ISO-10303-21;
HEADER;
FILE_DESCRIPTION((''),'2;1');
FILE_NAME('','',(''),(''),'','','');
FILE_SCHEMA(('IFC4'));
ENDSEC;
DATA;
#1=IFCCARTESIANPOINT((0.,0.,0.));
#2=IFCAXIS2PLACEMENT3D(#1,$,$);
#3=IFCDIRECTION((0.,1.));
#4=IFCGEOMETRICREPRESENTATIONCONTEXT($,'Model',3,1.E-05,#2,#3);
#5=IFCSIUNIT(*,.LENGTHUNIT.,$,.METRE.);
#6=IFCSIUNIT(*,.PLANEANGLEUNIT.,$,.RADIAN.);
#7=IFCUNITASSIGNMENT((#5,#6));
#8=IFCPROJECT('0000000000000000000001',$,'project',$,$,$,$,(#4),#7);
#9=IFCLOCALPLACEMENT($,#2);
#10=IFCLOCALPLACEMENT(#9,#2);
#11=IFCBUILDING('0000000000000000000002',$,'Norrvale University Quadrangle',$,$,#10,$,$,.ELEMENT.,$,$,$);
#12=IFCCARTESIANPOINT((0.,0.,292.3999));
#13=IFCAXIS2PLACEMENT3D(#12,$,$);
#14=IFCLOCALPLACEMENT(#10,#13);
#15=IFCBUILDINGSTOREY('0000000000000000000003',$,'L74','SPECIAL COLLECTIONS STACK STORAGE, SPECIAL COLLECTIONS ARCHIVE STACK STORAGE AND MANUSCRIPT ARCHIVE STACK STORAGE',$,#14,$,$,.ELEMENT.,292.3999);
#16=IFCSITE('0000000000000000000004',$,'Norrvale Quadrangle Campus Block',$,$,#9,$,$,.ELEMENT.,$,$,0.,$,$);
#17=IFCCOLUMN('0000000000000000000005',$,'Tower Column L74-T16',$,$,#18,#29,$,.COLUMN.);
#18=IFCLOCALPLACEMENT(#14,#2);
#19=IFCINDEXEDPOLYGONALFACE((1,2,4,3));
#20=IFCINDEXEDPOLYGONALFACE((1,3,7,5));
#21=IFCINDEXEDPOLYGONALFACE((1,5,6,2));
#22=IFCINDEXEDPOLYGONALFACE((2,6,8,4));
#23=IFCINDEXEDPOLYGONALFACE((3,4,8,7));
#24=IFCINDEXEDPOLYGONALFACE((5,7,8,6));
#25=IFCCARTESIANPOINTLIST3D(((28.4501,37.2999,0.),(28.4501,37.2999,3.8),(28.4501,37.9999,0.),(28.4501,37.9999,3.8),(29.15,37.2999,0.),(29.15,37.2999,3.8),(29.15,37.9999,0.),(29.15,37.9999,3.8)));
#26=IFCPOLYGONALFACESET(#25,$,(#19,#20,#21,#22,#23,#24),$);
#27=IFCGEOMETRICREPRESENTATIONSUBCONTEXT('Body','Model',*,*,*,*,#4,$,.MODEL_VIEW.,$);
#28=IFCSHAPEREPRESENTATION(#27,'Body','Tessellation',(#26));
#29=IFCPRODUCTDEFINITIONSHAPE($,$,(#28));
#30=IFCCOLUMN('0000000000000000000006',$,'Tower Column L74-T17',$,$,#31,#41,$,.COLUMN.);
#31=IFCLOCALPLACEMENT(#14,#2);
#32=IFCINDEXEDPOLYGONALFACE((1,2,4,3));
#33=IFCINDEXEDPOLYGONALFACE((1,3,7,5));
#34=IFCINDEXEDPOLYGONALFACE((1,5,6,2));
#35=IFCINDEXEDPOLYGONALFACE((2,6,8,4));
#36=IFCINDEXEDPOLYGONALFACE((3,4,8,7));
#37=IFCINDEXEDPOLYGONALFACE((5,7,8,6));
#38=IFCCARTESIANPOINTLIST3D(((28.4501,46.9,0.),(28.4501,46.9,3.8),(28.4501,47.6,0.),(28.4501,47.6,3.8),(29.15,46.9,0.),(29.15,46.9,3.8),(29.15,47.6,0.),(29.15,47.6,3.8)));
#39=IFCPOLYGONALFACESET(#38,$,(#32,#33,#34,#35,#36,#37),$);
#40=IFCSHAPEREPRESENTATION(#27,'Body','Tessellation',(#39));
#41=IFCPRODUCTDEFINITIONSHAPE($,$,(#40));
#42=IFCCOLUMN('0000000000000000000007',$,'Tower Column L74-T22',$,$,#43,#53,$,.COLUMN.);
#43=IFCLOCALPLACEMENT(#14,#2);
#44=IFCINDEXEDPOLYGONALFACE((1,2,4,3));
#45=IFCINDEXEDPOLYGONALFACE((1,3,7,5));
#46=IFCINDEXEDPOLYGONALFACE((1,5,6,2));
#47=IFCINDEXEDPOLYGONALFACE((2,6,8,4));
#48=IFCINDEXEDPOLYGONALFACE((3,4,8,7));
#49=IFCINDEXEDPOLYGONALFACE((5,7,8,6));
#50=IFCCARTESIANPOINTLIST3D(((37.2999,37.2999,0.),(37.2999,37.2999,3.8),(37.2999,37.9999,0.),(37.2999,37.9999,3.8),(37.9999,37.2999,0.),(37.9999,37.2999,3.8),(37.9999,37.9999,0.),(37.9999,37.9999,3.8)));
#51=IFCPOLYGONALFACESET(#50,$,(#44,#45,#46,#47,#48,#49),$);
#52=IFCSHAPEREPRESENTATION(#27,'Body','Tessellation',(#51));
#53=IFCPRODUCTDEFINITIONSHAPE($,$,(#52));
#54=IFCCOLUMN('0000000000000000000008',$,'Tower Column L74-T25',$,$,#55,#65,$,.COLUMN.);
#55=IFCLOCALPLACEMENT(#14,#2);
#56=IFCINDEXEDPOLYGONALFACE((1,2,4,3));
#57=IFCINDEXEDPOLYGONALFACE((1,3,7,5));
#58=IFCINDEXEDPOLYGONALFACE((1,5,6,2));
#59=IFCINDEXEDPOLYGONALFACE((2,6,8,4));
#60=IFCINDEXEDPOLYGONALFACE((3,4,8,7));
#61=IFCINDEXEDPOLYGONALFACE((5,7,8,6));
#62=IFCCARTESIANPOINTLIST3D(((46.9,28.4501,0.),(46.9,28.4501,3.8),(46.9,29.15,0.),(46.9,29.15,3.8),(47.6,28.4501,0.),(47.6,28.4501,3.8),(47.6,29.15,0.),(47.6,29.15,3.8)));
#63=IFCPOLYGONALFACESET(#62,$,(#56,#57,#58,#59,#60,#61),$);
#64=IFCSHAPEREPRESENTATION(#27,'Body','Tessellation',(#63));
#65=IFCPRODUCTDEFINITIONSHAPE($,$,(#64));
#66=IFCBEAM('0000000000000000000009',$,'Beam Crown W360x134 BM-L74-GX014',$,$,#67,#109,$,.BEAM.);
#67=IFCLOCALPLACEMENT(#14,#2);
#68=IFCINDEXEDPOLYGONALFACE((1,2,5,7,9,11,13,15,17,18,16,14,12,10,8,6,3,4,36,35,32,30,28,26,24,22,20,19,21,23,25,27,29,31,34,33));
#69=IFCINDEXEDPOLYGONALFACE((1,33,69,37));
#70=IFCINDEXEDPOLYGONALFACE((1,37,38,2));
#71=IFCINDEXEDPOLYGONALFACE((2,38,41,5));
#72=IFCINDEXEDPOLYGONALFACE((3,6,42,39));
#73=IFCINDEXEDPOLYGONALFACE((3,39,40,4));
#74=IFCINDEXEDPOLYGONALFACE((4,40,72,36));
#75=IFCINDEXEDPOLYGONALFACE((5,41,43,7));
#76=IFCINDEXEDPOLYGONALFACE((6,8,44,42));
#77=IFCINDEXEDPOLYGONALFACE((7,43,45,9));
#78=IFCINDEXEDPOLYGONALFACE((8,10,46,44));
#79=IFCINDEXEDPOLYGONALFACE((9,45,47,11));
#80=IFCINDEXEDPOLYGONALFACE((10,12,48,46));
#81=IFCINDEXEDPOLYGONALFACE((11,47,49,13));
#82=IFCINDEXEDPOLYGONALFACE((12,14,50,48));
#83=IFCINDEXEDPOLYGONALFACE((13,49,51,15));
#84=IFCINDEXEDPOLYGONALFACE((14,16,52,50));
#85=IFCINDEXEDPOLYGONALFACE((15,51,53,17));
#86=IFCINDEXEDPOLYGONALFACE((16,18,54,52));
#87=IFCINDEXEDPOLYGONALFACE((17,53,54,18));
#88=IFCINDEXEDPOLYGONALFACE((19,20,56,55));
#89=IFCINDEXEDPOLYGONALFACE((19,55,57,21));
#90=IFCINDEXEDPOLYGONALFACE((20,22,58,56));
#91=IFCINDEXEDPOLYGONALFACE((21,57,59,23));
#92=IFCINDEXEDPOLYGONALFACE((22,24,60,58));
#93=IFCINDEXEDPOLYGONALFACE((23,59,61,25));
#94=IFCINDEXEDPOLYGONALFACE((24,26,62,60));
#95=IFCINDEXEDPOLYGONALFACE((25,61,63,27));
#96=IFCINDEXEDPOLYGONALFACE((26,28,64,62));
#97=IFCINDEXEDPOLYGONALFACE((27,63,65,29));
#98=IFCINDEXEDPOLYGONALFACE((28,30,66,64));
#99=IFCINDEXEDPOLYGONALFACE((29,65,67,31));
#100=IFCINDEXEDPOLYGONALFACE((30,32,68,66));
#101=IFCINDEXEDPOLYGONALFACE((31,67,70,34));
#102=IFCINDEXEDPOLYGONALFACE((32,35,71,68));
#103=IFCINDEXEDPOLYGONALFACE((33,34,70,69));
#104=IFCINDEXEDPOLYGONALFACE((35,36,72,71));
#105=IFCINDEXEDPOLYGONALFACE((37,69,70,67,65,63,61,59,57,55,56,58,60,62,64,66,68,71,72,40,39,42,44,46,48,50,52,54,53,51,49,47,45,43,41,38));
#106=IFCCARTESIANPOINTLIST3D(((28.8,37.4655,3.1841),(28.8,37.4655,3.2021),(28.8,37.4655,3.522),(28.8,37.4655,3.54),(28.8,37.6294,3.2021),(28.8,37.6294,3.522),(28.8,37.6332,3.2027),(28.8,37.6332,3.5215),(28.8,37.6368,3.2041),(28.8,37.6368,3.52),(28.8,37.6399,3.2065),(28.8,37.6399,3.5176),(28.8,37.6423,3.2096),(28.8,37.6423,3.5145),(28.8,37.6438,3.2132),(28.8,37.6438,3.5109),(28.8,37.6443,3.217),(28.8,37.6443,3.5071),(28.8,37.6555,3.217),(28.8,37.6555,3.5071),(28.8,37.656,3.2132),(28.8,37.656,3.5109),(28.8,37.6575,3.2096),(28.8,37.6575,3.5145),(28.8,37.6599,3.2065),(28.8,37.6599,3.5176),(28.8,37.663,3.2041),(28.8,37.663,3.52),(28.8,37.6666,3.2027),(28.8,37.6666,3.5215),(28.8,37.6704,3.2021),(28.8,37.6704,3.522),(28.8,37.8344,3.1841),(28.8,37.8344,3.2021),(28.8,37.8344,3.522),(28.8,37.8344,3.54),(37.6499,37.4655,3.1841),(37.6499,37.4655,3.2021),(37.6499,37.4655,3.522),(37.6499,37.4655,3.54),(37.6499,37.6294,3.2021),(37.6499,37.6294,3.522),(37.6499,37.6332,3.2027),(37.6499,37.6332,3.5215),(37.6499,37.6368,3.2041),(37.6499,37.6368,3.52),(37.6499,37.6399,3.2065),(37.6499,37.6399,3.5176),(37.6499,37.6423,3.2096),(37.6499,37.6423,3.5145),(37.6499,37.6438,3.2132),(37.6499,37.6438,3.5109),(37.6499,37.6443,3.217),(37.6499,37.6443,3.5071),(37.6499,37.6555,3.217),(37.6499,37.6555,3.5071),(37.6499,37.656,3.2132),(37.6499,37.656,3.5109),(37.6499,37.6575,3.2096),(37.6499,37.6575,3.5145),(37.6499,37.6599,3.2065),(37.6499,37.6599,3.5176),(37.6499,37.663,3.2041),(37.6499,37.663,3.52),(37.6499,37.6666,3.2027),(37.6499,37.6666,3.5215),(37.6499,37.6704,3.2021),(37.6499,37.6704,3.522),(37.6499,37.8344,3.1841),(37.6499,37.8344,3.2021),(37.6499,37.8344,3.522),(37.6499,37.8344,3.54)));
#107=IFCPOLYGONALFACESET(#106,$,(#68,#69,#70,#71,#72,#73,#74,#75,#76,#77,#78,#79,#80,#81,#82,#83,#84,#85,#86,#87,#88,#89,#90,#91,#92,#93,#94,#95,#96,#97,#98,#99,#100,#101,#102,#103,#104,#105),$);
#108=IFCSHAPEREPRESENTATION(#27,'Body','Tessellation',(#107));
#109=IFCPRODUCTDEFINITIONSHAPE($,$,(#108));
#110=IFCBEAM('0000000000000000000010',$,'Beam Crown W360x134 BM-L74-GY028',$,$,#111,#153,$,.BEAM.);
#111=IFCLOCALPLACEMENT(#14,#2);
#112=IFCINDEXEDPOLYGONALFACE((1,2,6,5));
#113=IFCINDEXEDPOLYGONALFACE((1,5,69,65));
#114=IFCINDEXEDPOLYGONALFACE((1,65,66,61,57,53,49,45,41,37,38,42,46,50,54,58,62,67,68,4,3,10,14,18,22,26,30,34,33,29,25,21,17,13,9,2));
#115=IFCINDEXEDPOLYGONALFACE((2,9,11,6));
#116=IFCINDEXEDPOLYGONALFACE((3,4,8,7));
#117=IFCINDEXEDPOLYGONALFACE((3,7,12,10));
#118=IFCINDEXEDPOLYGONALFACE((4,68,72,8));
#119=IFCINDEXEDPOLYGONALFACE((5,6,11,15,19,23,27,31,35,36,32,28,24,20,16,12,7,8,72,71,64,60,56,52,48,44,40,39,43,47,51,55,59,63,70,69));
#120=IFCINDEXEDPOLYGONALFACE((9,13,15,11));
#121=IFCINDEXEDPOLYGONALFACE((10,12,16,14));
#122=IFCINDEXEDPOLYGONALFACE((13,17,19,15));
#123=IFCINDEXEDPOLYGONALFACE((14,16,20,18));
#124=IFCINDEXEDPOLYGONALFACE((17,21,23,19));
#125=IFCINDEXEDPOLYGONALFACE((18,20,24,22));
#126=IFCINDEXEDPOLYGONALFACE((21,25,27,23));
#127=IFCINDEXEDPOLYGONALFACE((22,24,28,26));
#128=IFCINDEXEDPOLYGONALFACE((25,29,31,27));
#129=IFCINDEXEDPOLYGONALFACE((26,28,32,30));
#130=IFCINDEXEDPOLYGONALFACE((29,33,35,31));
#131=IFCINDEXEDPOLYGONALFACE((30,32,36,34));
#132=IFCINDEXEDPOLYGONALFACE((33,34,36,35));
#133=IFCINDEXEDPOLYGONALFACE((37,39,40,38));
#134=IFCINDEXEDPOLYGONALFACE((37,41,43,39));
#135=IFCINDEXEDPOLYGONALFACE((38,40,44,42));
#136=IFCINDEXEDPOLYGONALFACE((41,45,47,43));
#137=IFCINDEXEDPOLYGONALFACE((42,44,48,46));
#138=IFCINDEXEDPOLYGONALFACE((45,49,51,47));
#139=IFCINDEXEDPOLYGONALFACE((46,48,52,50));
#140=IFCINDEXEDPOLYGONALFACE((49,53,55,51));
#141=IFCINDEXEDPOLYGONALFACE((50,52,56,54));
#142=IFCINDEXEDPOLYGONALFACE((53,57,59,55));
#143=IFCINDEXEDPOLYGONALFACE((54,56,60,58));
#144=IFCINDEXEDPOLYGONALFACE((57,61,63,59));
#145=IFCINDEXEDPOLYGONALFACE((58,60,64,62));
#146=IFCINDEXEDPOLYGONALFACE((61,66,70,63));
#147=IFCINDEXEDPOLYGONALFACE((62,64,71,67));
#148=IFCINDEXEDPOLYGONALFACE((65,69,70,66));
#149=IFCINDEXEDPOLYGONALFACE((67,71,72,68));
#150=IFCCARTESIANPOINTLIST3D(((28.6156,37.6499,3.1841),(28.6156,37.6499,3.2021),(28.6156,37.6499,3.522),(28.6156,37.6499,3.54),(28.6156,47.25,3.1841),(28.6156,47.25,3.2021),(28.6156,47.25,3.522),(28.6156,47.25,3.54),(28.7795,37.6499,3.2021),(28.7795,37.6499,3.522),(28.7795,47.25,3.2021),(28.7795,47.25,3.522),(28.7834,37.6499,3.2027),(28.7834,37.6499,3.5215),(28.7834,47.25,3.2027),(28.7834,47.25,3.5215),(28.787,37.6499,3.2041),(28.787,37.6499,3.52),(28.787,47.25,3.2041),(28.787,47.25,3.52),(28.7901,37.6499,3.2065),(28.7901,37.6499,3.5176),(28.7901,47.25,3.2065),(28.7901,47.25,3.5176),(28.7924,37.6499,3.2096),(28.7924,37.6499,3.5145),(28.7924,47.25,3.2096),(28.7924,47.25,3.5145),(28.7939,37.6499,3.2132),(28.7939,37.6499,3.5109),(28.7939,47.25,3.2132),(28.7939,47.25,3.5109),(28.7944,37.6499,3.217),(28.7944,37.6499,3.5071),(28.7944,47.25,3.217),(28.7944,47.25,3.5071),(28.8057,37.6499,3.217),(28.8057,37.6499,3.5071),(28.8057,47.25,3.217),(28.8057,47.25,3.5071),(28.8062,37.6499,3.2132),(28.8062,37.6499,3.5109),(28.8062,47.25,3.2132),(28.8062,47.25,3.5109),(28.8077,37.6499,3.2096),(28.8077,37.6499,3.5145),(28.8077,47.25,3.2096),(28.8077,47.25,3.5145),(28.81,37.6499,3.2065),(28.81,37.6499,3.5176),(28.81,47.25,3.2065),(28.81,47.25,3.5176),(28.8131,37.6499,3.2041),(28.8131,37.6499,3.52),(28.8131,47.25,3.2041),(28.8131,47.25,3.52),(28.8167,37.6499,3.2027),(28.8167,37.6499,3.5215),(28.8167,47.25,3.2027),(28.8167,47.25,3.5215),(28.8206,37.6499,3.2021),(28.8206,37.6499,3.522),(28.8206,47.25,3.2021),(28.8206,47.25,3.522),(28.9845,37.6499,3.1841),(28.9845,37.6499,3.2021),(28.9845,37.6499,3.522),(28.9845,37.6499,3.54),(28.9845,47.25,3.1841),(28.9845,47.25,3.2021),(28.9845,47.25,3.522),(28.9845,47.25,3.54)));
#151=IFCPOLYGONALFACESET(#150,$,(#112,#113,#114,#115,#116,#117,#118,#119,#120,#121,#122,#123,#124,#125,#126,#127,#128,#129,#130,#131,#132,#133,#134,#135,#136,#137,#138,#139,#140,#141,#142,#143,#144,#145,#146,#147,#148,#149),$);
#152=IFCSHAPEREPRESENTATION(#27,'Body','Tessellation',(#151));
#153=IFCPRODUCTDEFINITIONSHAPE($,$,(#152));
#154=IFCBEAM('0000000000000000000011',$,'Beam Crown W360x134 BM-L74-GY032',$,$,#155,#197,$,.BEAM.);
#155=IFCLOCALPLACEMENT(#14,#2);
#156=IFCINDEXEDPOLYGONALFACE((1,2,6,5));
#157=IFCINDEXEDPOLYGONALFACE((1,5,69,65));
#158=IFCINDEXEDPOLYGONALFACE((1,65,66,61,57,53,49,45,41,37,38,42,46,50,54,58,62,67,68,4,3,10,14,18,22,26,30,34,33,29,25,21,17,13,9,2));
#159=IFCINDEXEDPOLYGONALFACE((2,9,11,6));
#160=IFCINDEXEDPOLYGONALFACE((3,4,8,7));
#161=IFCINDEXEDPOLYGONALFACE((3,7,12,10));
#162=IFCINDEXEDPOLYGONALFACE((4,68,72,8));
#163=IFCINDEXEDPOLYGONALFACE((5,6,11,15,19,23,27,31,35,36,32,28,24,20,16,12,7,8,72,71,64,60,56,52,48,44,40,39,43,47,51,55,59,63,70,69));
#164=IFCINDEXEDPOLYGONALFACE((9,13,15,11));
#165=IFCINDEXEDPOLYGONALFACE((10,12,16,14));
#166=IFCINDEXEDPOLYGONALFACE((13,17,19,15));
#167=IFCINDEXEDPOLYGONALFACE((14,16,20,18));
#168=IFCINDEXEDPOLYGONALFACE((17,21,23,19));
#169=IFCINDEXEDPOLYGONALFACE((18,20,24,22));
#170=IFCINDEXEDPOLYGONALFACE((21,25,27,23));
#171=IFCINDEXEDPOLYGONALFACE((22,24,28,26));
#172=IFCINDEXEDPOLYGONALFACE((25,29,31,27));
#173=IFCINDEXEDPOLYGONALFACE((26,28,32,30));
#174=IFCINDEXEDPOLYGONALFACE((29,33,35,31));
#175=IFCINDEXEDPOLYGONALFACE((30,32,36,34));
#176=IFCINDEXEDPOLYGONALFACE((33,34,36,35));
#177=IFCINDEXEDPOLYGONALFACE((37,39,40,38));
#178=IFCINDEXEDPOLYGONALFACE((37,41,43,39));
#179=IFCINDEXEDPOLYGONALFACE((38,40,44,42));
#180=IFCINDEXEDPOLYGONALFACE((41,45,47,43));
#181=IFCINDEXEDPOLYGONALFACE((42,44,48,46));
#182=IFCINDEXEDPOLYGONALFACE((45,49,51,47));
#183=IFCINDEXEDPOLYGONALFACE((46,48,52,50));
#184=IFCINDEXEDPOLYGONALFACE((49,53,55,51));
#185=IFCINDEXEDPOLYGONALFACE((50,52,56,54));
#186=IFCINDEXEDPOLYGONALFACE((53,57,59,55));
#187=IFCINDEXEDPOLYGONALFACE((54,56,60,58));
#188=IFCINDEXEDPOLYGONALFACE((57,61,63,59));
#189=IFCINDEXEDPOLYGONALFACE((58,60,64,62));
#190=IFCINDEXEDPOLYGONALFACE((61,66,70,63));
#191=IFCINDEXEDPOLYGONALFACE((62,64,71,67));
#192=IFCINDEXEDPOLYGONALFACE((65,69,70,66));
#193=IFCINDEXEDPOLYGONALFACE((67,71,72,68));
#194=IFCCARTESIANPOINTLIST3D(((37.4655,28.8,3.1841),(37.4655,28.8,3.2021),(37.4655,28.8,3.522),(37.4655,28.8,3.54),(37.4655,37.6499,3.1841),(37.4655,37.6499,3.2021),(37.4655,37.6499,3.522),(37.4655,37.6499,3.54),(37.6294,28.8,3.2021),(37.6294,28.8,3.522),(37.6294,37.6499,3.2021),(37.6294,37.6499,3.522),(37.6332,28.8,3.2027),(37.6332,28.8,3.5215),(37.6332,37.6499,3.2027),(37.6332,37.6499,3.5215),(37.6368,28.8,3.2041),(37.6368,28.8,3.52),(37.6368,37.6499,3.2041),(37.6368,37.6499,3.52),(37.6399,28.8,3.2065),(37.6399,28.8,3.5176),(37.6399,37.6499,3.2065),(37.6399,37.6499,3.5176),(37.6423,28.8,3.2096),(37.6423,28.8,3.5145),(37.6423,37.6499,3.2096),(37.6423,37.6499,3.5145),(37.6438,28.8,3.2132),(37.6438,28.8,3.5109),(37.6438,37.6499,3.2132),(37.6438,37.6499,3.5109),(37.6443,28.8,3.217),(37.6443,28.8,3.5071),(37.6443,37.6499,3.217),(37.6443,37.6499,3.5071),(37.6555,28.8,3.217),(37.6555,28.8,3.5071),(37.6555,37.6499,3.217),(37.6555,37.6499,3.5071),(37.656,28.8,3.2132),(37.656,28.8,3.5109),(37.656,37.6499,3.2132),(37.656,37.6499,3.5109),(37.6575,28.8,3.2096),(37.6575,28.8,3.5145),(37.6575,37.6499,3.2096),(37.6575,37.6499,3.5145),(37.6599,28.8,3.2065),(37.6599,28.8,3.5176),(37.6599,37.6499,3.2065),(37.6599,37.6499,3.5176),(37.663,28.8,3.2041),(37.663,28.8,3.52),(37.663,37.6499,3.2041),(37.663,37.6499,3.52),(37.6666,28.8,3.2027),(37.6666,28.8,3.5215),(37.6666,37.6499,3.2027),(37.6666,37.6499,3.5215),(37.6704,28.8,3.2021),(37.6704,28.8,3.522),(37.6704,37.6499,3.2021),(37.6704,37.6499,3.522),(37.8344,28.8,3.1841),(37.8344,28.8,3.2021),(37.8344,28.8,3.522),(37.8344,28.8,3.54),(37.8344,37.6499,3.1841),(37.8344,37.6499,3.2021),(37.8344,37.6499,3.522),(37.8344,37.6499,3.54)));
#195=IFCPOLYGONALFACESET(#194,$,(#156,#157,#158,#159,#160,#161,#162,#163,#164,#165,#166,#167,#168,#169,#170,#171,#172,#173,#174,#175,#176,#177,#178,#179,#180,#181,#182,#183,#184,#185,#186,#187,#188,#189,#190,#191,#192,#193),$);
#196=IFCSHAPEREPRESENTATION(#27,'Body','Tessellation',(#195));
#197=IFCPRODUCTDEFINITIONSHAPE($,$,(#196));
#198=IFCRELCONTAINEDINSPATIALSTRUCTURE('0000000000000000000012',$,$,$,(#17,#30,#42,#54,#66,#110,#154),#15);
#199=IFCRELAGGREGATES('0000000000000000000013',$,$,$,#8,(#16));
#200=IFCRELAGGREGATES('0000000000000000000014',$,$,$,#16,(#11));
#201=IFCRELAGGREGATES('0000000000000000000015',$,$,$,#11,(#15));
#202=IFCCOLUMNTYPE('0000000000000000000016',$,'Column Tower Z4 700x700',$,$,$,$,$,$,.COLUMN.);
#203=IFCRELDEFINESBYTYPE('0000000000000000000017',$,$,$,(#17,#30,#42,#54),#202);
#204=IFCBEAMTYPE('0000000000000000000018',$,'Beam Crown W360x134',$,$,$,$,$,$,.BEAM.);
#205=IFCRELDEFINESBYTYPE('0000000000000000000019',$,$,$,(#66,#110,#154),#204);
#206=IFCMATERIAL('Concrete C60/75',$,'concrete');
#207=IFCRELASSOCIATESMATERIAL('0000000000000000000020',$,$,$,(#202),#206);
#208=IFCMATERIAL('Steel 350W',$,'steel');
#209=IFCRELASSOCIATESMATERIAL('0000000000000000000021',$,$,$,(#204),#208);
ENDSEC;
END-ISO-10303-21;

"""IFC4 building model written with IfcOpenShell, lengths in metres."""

from ifc_helpers import new_model, si_unit, direction, frame, origin, origin_2d, place, context, subcontext, project, spatial, rectangle, i_section, extrude, material, material_profile, profile_set, type_object, element, save


model = new_model("IFC4")

# Units and contexts
model_context = context("Model", 3, precision=1e-05, world=origin(), true_north=direction((0.0, 1.0)))
body_context = subcontext(model_context, "Body", "Model", "MODEL_VIEW")
ifc_project = project(units=[si_unit("LENGTHUNIT", "METRE"), si_unit("PLANEANGLEUNIT", "RADIAN")], contexts=[model_context])

# Site, building, storey
site_placement = place(None, origin())
site = spatial("IfcSite", under=ifc_project, at=site_placement, Name="Norrvale Quadrangle Campus Block", CompositionType="ELEMENT", RefElevation=0.0)
building_placement = place(site_placement, origin())
building = spatial("IfcBuilding", under=site, at=building_placement, Name="Norrvale University Quadrangle", CompositionType="ELEMENT")
storey_placement = place(building_placement, frame((0.0, 0.0, 292.3999)))
storey = spatial("IfcBuildingStorey", under=building, at=storey_placement, Name="L74", Description="SPECIAL COLLECTIONS STACK STORAGE, SPECIAL COLLECTIONS ARCHIVE STACK STORAGE AND MANUSCRIPT ARCHIVE STACK STORAGE", CompositionType="ELEMENT", Elevation=292.3999)

# Columns
ifc_material_1 = material(Name="Concrete C60/75", Category="concrete")
ifc_material_profile_1 = material_profile(ifc_material_1, rectangle(XDim=0.7, YDim=0.7, at=origin_2d()), Name="Concrete C60/75")
ifc_profile_set_1 = profile_set([ifc_material_profile_1], Name="Concrete C60/75")
column_type = type_object("IfcColumnType", Name="Column Tower Z4 700x700", PredefinedType="COLUMN", material=ifc_profile_set_1)
for number, where, z_axis, x_axis, name in (
    (1, (28.8, 37.6499, 0.0), (0.0, 0.0, 1.0), (1.0, 0.0, 0.0), "Tower Column L74-T16"),
    (2, (28.8, 47.25, 0.0), (0.0, 0.0, 1.0), (1.0, 0.0, 0.0), "Tower Column L74-T17"),
    (3, (37.6499, 37.6499, 0.0), (0.0, 0.0, 1.0), (1.0, 0.0, 0.0), "Tower Column L74-T22"),
    (4, (47.25, 28.8, 0.0), (0.0, 0.0, 1.0), (1.0, 0.0, 0.0), "Tower Column L74-T25"),
):
    element("IfcColumn", number, at=place(storey_placement, frame(where, z_axis=z_axis, x_axis=x_axis)), inside=storey, type_object=column_type, Name=name, PredefinedType="COLUMN", context=body_context, shape_type="SweptSolid", body=[
        extrude(rectangle(XDim=0.7, YDim=0.7, at=origin_2d()), origin(), (0.0, 0.0, 1.0), 3.8),
    ])

# Beams
ifc_material_2 = material(Name="Steel 350W", Category="steel")
ifc_material_profile_2 = material_profile(ifc_material_2, i_section(OverallWidth=0.3689, OverallDepth=0.356, WebThickness=0.0112, FlangeThickness=0.0181, FilletRadius=0.0149, at=origin_2d()), Name="Steel 350W")
ifc_profile_set_2 = profile_set([ifc_material_profile_2], Name="Steel 350W")
beam_type_1 = type_object("IfcBeamType", Name="Beam Crown W360x134", PredefinedType="BEAM", material=ifc_profile_set_2)
beam_1_placement = place(storey_placement, frame((28.8, 37.6499, 3.3621), z_axis=(1.0, 0.0, 0.0), x_axis=(0.0, 1.0, 0.0)))
element("IfcBeam", 5, at=beam_1_placement, inside=storey, type_object=beam_type_1, Name="Beam Crown W360x134 BM-L74-GX014", PredefinedType="BEAM", context=body_context, shape_type="SweptSolid", body=[
    extrude(i_section(OverallWidth=0.3689, OverallDepth=0.356, WebThickness=0.0112, FlangeThickness=0.0181, FilletRadius=0.0149, at=origin_2d()), origin(), (0.0, 0.0, 1.0), 8.8499),
])
beam_2_placement = place(storey_placement, frame((28.8, 37.6499, 3.3621), z_axis=(0.0, 1.0, 0.0), x_axis=(-1.0, 0.0, 0.0)))
element("IfcBeam", 6, at=beam_2_placement, inside=storey, type_object=beam_type_1, Name="Beam Crown W360x134 BM-L74-GY028", PredefinedType="BEAM", context=body_context, shape_type="SweptSolid", body=[
    extrude(i_section(OverallWidth=0.3689, OverallDepth=0.356, WebThickness=0.0112, FlangeThickness=0.0181, FilletRadius=0.0149, at=origin_2d()), origin(), (0.0, 0.0, 1.0), 9.6001),
])
beam_3_placement = place(storey_placement, frame((37.6499, 28.8, 3.3621), z_axis=(0.0, 1.0, 0.0), x_axis=(-1.0, 0.0, 0.0)))
element("IfcBeam", 7, at=beam_3_placement, inside=storey, type_object=beam_type_1, Name="Beam Crown W360x134 BM-L74-GY032", PredefinedType="BEAM", context=body_context, shape_type="SweptSolid", body=[
    extrude(i_section(OverallWidth=0.3689, OverallDepth=0.356, WebThickness=0.0112, FlangeThickness=0.0181, FilletRadius=0.0149, at=origin_2d()), origin(), (0.0, 0.0, 1.0), 8.8499),
])

save(model, "model.ifc")
